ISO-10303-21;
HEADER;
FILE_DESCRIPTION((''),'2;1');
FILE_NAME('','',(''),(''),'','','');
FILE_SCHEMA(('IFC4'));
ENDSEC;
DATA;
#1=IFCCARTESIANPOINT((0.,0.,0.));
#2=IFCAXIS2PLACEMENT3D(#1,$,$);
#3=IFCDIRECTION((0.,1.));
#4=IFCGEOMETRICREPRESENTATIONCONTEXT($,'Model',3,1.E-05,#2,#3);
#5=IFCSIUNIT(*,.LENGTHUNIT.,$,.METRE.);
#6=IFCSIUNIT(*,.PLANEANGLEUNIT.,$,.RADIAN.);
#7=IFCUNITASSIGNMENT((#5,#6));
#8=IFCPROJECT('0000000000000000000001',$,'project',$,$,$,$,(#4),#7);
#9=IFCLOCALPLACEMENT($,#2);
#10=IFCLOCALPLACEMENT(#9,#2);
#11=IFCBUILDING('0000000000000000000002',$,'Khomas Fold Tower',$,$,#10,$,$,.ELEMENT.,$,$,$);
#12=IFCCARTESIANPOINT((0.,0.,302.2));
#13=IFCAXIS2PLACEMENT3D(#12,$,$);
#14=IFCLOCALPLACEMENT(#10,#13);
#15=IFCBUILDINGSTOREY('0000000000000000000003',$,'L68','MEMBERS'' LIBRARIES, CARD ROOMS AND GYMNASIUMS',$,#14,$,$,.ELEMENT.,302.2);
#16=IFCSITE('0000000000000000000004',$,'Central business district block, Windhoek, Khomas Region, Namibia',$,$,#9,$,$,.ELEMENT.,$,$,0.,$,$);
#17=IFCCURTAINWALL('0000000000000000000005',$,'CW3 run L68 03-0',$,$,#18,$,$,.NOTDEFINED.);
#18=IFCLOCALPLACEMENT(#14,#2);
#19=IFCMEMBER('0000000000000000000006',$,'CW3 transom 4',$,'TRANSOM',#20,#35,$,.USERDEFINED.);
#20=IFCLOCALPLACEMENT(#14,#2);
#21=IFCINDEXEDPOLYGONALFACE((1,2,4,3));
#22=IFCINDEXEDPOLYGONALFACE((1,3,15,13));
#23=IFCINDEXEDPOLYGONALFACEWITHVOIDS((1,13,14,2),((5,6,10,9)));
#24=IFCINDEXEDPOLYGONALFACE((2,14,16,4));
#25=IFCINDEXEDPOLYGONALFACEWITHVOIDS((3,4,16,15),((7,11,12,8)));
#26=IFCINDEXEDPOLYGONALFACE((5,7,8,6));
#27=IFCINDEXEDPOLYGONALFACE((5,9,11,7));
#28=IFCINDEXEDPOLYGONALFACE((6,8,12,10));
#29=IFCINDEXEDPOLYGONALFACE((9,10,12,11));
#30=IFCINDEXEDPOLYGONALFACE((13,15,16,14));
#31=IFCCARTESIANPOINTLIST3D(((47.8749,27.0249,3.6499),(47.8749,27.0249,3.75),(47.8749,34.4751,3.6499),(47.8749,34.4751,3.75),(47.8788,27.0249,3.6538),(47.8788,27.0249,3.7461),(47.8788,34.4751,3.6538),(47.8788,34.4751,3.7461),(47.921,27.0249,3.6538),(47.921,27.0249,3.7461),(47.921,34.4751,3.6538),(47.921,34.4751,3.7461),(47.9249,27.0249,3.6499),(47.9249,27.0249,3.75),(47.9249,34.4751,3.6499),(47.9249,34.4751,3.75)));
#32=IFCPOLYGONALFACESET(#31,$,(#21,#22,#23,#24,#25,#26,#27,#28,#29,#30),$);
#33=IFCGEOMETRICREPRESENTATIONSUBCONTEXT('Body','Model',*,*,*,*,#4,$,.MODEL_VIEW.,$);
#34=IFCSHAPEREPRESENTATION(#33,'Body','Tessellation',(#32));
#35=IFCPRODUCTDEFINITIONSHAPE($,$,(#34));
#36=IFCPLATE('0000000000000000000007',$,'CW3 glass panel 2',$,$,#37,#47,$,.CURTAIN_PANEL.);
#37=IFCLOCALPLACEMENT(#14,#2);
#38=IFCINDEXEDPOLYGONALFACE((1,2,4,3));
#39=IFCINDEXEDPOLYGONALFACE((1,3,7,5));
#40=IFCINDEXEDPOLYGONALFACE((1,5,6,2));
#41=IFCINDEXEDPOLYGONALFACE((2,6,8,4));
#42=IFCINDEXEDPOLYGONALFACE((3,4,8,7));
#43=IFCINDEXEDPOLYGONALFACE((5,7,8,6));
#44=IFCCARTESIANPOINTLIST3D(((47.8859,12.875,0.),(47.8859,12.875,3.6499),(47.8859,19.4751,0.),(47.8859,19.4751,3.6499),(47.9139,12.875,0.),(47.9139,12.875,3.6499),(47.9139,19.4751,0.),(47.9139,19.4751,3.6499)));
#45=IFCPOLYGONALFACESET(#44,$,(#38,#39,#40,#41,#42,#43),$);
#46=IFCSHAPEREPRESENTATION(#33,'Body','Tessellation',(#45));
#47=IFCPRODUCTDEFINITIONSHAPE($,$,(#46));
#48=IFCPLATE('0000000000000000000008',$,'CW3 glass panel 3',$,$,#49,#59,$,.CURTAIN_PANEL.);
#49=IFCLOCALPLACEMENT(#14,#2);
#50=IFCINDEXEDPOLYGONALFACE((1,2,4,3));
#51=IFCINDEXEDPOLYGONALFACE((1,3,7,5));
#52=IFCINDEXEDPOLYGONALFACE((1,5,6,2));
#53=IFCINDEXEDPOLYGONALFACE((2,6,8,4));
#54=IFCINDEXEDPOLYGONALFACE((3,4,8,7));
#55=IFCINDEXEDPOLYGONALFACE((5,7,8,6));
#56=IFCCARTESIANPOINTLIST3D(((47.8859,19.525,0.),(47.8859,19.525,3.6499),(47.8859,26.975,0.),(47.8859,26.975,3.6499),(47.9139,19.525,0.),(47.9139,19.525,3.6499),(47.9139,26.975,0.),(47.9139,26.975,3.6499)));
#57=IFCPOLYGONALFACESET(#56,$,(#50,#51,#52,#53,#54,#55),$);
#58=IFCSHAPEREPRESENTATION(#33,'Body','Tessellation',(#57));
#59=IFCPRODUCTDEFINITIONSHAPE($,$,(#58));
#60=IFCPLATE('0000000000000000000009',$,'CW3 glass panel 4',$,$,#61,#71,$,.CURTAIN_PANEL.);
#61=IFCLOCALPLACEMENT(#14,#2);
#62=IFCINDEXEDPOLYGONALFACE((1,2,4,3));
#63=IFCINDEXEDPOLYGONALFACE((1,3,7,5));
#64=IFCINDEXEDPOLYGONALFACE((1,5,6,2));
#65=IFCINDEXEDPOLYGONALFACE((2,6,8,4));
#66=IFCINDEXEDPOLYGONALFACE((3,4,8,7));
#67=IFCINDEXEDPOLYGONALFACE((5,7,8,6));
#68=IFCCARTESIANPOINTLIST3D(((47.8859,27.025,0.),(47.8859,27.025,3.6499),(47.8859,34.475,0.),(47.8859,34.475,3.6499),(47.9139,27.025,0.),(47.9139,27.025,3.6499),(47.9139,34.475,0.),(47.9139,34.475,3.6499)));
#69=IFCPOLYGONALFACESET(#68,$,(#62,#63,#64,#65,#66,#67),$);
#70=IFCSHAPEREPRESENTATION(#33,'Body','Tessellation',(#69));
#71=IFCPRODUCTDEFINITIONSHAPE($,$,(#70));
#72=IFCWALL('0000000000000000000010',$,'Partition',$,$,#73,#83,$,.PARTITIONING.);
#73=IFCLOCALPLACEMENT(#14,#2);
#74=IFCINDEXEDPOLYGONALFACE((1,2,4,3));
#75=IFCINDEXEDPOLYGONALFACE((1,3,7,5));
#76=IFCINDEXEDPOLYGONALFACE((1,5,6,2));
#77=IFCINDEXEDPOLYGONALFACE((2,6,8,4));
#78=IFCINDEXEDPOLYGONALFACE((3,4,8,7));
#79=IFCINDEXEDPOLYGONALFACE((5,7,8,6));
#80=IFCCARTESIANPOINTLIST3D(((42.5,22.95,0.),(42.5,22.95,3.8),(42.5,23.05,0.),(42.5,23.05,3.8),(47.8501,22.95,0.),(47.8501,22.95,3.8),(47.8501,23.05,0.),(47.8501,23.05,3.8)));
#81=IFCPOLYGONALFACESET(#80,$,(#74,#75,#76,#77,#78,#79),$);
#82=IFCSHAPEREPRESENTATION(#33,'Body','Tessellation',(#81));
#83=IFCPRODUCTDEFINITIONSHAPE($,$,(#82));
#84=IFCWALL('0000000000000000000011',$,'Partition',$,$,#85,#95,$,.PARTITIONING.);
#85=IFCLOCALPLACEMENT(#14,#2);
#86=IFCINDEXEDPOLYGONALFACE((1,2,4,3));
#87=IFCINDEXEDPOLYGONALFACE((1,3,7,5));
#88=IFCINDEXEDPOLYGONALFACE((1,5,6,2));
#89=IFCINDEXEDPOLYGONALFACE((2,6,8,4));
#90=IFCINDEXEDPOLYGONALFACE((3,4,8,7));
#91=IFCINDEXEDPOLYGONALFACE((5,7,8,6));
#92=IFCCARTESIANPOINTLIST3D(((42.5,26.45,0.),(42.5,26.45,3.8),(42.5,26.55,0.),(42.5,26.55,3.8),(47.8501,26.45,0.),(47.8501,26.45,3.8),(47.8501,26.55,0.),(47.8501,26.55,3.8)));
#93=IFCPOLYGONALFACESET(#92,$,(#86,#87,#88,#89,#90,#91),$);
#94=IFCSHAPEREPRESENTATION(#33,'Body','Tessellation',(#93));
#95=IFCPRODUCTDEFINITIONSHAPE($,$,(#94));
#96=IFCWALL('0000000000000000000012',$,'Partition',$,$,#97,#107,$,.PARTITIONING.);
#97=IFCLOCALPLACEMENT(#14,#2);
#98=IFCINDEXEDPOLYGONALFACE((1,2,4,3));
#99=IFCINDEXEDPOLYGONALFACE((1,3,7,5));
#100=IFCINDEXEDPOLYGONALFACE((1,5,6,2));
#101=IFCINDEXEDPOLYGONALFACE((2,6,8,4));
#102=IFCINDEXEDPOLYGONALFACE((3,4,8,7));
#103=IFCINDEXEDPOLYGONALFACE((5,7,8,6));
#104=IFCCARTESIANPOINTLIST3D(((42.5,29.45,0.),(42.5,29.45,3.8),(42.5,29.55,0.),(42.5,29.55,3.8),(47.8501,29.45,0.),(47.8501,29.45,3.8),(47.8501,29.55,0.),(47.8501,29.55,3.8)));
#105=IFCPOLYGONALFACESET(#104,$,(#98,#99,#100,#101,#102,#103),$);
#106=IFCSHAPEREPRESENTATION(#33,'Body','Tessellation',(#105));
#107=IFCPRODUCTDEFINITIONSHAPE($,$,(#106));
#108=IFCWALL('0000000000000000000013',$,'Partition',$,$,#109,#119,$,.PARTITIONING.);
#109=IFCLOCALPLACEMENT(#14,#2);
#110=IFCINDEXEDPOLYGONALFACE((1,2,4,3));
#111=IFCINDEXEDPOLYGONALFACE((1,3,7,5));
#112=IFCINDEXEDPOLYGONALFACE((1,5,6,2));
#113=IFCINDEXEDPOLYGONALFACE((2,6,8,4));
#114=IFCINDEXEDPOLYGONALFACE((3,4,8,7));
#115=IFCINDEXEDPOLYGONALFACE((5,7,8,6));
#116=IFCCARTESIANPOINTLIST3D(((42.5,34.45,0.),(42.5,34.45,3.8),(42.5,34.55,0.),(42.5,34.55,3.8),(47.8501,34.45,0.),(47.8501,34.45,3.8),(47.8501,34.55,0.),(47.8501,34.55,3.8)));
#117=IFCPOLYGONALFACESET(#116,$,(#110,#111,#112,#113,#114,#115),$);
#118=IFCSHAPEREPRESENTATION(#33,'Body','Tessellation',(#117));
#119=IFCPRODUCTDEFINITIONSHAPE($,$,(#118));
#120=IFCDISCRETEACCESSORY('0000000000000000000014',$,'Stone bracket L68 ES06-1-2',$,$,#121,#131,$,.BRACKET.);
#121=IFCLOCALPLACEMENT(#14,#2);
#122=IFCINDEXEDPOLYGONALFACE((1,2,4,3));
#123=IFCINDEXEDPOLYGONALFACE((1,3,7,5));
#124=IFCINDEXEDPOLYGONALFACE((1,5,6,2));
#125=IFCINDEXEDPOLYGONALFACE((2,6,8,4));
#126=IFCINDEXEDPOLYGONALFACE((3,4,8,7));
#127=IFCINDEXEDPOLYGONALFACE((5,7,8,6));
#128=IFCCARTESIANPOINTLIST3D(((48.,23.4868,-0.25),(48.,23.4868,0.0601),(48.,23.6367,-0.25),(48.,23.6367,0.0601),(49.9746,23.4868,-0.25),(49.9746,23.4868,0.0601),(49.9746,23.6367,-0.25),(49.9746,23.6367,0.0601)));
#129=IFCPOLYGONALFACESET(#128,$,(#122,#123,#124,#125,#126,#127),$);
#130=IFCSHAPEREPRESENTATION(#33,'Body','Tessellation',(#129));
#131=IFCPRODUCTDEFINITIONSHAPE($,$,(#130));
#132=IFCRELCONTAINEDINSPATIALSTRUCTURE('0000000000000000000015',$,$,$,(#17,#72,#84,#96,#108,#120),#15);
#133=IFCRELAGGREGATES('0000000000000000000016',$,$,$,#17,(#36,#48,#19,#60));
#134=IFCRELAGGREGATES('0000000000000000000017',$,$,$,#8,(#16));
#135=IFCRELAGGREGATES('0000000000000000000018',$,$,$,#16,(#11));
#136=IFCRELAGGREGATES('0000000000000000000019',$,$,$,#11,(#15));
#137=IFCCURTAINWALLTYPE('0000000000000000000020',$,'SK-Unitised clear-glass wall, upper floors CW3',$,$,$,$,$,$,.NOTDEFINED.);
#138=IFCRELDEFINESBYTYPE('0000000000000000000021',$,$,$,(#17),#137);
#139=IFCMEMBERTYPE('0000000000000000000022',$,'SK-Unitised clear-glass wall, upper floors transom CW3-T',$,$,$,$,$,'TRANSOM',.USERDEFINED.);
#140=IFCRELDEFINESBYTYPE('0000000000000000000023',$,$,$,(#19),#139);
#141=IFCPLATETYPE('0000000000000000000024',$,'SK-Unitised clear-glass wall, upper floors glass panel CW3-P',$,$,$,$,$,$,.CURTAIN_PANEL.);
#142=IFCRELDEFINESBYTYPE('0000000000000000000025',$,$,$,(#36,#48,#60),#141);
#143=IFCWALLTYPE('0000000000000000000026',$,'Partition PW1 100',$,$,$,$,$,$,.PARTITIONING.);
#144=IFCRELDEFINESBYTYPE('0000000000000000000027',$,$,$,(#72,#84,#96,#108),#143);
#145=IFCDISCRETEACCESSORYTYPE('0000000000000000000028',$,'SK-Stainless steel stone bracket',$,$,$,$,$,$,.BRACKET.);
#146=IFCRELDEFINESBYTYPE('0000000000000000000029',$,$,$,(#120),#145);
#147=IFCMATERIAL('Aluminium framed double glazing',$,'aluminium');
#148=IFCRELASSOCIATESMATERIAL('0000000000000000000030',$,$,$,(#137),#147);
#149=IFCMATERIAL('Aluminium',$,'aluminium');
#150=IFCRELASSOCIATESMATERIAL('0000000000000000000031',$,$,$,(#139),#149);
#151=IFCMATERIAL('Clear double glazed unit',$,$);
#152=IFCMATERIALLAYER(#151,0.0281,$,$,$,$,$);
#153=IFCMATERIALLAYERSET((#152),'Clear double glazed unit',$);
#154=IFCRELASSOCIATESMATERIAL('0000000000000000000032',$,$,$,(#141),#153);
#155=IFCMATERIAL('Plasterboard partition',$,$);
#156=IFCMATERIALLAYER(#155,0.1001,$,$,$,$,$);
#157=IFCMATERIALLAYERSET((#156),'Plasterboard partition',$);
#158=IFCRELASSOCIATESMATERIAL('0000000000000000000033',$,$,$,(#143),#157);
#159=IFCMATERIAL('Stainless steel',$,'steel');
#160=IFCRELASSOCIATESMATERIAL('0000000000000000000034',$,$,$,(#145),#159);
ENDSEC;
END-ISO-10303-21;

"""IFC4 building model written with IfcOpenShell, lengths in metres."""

from ifc_helpers import new_model, si_unit, direction, frame, frame_2d, origin, origin_2d, place, context, subcontext, project, spatial, rectangle, hollow_rectangle, extrude, source, transform, mapped, material, layer, layer_set, material_profile, profile_set, type_object, element, aggregate, save


model = new_model("IFC4")

# Units and contexts
model_context = context("Model", 3, precision=1e-05, world=origin(), true_north=direction((0.0, 1.0)))
body_context = subcontext(model_context, "Body", "Model", "MODEL_VIEW")
ifc_project = project(units=[si_unit("LENGTHUNIT", "METRE"), si_unit("PLANEANGLEUNIT", "RADIAN")], contexts=[model_context])

# Site, building, storey
site_placement = place(None, origin())
site = spatial("IfcSite", under=ifc_project, at=site_placement, Name="Central business district block, Windhoek, Khomas Region, Namibia", CompositionType="ELEMENT", RefElevation=0.0)
building_placement = place(site_placement, origin())
building = spatial("IfcBuilding", under=site, at=building_placement, Name="Khomas Fold Tower", CompositionType="ELEMENT")
storey_placement = place(building_placement, frame((0.0, 0.0, 302.2)))
storey = spatial("IfcBuildingStorey", under=building, at=storey_placement, Name="L68", Description="MEMBERS' LIBRARIES, CARD ROOMS AND GYMNASIUMS", CompositionType="ELEMENT", Elevation=302.2)

# Curtain wall, member, plates
ifc_material_1 = material(Name="Aluminium framed double glazing", Category="aluminium")
curtain_wall_type = type_object("IfcCurtainWallType", Name="SK-Unitised clear-glass wall, upper floors CW3", PredefinedType="NOTDEFINED", material=ifc_material_1)
curtain_wall_placement = place(storey_placement, origin())
curtain_wall = element("IfcCurtainWall", 1, at=curtain_wall_placement, inside=storey, type_object=curtain_wall_type, Name="CW3 run L68 03-0", PredefinedType="NOTDEFINED")
ifc_material_2 = material(Name="Aluminium", Category="aluminium")
ifc_material_profile_1 = material_profile(ifc_material_2, hollow_rectangle(XDim=0.05, YDim=0.1001, WallThickness=0.0039, at=origin_2d()), Name="SK-Unitised clear-glass wall, upper floors transom CW3-T")
ifc_profile_set_1 = profile_set([ifc_material_profile_1], Name="Aluminium")
member_type_1 = type_object("IfcMemberType", Name="SK-Unitised clear-glass wall, upper floors transom CW3-T", ElementType="TRANSOM", PredefinedType="USERDEFINED", material=ifc_profile_set_1)
shared_shape_1 = source(origin(), body_context, "Body", "SweptSolid", [
    extrude(hollow_rectangle(XDim=0.05, YDim=0.1001, WallThickness=0.0039, at=origin_2d()), origin(), (0.0, 0.0, 1.0), 7.4502),
])
member_1_placement = place(storey_placement, frame((47.8999, 27.0249, 3.7), z_axis=(0.0, 1.0, 0.0), x_axis=(-1.0, 0.0, 0.0)))
member_1 = element("IfcMember", 2, at=member_1_placement, type_object=member_type_1, Name="CW3 transom 4", ObjectType="TRANSOM", PredefinedType="USERDEFINED", context=body_context, shape_type="MappedRepresentation", body=[
    mapped(shared_shape_1, transform((0.0, 0.0, 0.0))),
])
ifc_material_3 = material(Name="Clear double glazed unit")
ifc_layer_1 = layer(ifc_material_3, 0.0281)
ifc_layer_set_1 = layer_set([ifc_layer_1], Name="Clear double glazed unit")
plate_type = type_object("IfcPlateType", Name="SK-Unitised clear-glass wall, upper floors glass panel CW3-P", PredefinedType="CURTAIN_PANEL", material=ifc_layer_set_1)
shared_shape_2 = source(origin(), body_context, "Body", "SweptSolid", [
    extrude(rectangle(XDim=6.6001, YDim=0.0281, at=origin_2d()), origin(), (0.0, 0.0, 1.0), 3.6499),
])
plate_1_placement = place(storey_placement, frame((47.8999, 16.175, 0.0), z_axis=(0.0, 0.0, 1.0), x_axis=(0.0, 1.0, 0.0)))
plate_1 = element("IfcPlate", 3, at=plate_1_placement, type_object=plate_type, Name="CW3 glass panel 2", PredefinedType="CURTAIN_PANEL", context=body_context, shape_type="MappedRepresentation", body=[
    mapped(shared_shape_2, transform((0.0, 0.0, 0.0))),
])
shared_shape_3 = source(origin(), body_context, "Body", "SweptSolid", [
    extrude(rectangle(XDim=7.45, YDim=0.0281, at=origin_2d()), origin(), (0.0, 0.0, 1.0), 3.6499),
])
plate_2_placement = place(storey_placement, frame((47.8999, 23.25, 0.0), z_axis=(0.0, 0.0, 1.0), x_axis=(0.0, 1.0, 0.0)))
plate_2 = element("IfcPlate", 4, at=plate_2_placement, type_object=plate_type, Name="CW3 glass panel 3", PredefinedType="CURTAIN_PANEL", context=body_context, shape_type="MappedRepresentation", body=[
    mapped(shared_shape_3, transform((0.0, 0.0, 0.0))),
])
plate_3_placement = place(storey_placement, frame((47.8999, 30.75, 0.0), z_axis=(0.0, 0.0, 1.0), x_axis=(0.0, 1.0, 0.0)))
plate_3 = element("IfcPlate", 5, at=plate_3_placement, type_object=plate_type, Name="CW3 glass panel 4", PredefinedType="CURTAIN_PANEL", context=body_context, shape_type="MappedRepresentation", body=[
    mapped(shared_shape_3, transform((0.0, 0.0, 0.0))),
])
aggregate(curtain_wall, [plate_1, plate_2, member_1, plate_3])

# Walls
ifc_material_4 = material(Name="Plasterboard partition")
ifc_layer_2 = layer(ifc_material_4, 0.1001)
ifc_layer_set_2 = layer_set([ifc_layer_2], Name="Plasterboard partition")
wall_type = type_object("IfcWallType", Name="Partition PW1 100", PredefinedType="PARTITIONING", material=ifc_layer_set_2)
shared_shape_4 = source(origin(), body_context, "Body", "SweptSolid", [
    extrude(rectangle(XDim=5.3501, YDim=0.1001, at=frame_2d((2.675, 0.0))), origin(), (0.0, 0.0, 1.0), 3.8),
])
for number, where, z_axis, x_axis, name in (
    (6, (42.5, 23.0, 0.0), (0.0, 0.0, 1.0), (1.0, 0.0, 0.0), "Partition"),
    (7, (42.5, 26.5, 0.0), (0.0, 0.0, 1.0), (1.0, 0.0, 0.0), "Partition"),
    (8, (42.5, 29.5, 0.0), (0.0, 0.0, 1.0), (1.0, 0.0, 0.0), "Partition"),
    (9, (42.5, 34.5, 0.0), (0.0, 0.0, 1.0), (1.0, 0.0, 0.0), "Partition"),
):
    element("IfcWall", number, at=place(storey_placement, frame(where, z_axis=z_axis, x_axis=x_axis)), inside=storey, type_object=wall_type, Name=name, PredefinedType="PARTITIONING", context=body_context, shape_type="MappedRepresentation", body=[
        mapped(shared_shape_4, transform((0.0, 0.0, 0.0))),
    ])

# Discrete accessory
ifc_material_5 = material(Name="Stainless steel", Category="steel")
discrete_accessory_type = type_object("IfcDiscreteAccessoryType", Name="SK-Stainless steel stone bracket", PredefinedType="BRACKET", material=ifc_material_5)
shared_shape_5 = source(origin(), body_context, "Body", "SweptSolid", [
    extrude(rectangle(XDim=1.9746, YDim=0.1499, at=origin_2d()), origin(), (0.0, 0.0, 1.0), 0.3101),
])
discrete_accessory_placement = place(storey_placement, frame((48.9873, 23.5618, -0.25), z_axis=(0.0, 0.0, 1.0), x_axis=(1.0, 0.0, 0.0)))
element("IfcDiscreteAccessory", 10, at=discrete_accessory_placement, inside=storey, type_object=discrete_accessory_type, Name="Stone bracket L68 ES06-1-2", PredefinedType="BRACKET", context=body_context, shape_type="MappedRepresentation", body=[
    mapped(shared_shape_5, transform((0.0, 0.0, 0.0))),
])

save(model, "model.ifc")
